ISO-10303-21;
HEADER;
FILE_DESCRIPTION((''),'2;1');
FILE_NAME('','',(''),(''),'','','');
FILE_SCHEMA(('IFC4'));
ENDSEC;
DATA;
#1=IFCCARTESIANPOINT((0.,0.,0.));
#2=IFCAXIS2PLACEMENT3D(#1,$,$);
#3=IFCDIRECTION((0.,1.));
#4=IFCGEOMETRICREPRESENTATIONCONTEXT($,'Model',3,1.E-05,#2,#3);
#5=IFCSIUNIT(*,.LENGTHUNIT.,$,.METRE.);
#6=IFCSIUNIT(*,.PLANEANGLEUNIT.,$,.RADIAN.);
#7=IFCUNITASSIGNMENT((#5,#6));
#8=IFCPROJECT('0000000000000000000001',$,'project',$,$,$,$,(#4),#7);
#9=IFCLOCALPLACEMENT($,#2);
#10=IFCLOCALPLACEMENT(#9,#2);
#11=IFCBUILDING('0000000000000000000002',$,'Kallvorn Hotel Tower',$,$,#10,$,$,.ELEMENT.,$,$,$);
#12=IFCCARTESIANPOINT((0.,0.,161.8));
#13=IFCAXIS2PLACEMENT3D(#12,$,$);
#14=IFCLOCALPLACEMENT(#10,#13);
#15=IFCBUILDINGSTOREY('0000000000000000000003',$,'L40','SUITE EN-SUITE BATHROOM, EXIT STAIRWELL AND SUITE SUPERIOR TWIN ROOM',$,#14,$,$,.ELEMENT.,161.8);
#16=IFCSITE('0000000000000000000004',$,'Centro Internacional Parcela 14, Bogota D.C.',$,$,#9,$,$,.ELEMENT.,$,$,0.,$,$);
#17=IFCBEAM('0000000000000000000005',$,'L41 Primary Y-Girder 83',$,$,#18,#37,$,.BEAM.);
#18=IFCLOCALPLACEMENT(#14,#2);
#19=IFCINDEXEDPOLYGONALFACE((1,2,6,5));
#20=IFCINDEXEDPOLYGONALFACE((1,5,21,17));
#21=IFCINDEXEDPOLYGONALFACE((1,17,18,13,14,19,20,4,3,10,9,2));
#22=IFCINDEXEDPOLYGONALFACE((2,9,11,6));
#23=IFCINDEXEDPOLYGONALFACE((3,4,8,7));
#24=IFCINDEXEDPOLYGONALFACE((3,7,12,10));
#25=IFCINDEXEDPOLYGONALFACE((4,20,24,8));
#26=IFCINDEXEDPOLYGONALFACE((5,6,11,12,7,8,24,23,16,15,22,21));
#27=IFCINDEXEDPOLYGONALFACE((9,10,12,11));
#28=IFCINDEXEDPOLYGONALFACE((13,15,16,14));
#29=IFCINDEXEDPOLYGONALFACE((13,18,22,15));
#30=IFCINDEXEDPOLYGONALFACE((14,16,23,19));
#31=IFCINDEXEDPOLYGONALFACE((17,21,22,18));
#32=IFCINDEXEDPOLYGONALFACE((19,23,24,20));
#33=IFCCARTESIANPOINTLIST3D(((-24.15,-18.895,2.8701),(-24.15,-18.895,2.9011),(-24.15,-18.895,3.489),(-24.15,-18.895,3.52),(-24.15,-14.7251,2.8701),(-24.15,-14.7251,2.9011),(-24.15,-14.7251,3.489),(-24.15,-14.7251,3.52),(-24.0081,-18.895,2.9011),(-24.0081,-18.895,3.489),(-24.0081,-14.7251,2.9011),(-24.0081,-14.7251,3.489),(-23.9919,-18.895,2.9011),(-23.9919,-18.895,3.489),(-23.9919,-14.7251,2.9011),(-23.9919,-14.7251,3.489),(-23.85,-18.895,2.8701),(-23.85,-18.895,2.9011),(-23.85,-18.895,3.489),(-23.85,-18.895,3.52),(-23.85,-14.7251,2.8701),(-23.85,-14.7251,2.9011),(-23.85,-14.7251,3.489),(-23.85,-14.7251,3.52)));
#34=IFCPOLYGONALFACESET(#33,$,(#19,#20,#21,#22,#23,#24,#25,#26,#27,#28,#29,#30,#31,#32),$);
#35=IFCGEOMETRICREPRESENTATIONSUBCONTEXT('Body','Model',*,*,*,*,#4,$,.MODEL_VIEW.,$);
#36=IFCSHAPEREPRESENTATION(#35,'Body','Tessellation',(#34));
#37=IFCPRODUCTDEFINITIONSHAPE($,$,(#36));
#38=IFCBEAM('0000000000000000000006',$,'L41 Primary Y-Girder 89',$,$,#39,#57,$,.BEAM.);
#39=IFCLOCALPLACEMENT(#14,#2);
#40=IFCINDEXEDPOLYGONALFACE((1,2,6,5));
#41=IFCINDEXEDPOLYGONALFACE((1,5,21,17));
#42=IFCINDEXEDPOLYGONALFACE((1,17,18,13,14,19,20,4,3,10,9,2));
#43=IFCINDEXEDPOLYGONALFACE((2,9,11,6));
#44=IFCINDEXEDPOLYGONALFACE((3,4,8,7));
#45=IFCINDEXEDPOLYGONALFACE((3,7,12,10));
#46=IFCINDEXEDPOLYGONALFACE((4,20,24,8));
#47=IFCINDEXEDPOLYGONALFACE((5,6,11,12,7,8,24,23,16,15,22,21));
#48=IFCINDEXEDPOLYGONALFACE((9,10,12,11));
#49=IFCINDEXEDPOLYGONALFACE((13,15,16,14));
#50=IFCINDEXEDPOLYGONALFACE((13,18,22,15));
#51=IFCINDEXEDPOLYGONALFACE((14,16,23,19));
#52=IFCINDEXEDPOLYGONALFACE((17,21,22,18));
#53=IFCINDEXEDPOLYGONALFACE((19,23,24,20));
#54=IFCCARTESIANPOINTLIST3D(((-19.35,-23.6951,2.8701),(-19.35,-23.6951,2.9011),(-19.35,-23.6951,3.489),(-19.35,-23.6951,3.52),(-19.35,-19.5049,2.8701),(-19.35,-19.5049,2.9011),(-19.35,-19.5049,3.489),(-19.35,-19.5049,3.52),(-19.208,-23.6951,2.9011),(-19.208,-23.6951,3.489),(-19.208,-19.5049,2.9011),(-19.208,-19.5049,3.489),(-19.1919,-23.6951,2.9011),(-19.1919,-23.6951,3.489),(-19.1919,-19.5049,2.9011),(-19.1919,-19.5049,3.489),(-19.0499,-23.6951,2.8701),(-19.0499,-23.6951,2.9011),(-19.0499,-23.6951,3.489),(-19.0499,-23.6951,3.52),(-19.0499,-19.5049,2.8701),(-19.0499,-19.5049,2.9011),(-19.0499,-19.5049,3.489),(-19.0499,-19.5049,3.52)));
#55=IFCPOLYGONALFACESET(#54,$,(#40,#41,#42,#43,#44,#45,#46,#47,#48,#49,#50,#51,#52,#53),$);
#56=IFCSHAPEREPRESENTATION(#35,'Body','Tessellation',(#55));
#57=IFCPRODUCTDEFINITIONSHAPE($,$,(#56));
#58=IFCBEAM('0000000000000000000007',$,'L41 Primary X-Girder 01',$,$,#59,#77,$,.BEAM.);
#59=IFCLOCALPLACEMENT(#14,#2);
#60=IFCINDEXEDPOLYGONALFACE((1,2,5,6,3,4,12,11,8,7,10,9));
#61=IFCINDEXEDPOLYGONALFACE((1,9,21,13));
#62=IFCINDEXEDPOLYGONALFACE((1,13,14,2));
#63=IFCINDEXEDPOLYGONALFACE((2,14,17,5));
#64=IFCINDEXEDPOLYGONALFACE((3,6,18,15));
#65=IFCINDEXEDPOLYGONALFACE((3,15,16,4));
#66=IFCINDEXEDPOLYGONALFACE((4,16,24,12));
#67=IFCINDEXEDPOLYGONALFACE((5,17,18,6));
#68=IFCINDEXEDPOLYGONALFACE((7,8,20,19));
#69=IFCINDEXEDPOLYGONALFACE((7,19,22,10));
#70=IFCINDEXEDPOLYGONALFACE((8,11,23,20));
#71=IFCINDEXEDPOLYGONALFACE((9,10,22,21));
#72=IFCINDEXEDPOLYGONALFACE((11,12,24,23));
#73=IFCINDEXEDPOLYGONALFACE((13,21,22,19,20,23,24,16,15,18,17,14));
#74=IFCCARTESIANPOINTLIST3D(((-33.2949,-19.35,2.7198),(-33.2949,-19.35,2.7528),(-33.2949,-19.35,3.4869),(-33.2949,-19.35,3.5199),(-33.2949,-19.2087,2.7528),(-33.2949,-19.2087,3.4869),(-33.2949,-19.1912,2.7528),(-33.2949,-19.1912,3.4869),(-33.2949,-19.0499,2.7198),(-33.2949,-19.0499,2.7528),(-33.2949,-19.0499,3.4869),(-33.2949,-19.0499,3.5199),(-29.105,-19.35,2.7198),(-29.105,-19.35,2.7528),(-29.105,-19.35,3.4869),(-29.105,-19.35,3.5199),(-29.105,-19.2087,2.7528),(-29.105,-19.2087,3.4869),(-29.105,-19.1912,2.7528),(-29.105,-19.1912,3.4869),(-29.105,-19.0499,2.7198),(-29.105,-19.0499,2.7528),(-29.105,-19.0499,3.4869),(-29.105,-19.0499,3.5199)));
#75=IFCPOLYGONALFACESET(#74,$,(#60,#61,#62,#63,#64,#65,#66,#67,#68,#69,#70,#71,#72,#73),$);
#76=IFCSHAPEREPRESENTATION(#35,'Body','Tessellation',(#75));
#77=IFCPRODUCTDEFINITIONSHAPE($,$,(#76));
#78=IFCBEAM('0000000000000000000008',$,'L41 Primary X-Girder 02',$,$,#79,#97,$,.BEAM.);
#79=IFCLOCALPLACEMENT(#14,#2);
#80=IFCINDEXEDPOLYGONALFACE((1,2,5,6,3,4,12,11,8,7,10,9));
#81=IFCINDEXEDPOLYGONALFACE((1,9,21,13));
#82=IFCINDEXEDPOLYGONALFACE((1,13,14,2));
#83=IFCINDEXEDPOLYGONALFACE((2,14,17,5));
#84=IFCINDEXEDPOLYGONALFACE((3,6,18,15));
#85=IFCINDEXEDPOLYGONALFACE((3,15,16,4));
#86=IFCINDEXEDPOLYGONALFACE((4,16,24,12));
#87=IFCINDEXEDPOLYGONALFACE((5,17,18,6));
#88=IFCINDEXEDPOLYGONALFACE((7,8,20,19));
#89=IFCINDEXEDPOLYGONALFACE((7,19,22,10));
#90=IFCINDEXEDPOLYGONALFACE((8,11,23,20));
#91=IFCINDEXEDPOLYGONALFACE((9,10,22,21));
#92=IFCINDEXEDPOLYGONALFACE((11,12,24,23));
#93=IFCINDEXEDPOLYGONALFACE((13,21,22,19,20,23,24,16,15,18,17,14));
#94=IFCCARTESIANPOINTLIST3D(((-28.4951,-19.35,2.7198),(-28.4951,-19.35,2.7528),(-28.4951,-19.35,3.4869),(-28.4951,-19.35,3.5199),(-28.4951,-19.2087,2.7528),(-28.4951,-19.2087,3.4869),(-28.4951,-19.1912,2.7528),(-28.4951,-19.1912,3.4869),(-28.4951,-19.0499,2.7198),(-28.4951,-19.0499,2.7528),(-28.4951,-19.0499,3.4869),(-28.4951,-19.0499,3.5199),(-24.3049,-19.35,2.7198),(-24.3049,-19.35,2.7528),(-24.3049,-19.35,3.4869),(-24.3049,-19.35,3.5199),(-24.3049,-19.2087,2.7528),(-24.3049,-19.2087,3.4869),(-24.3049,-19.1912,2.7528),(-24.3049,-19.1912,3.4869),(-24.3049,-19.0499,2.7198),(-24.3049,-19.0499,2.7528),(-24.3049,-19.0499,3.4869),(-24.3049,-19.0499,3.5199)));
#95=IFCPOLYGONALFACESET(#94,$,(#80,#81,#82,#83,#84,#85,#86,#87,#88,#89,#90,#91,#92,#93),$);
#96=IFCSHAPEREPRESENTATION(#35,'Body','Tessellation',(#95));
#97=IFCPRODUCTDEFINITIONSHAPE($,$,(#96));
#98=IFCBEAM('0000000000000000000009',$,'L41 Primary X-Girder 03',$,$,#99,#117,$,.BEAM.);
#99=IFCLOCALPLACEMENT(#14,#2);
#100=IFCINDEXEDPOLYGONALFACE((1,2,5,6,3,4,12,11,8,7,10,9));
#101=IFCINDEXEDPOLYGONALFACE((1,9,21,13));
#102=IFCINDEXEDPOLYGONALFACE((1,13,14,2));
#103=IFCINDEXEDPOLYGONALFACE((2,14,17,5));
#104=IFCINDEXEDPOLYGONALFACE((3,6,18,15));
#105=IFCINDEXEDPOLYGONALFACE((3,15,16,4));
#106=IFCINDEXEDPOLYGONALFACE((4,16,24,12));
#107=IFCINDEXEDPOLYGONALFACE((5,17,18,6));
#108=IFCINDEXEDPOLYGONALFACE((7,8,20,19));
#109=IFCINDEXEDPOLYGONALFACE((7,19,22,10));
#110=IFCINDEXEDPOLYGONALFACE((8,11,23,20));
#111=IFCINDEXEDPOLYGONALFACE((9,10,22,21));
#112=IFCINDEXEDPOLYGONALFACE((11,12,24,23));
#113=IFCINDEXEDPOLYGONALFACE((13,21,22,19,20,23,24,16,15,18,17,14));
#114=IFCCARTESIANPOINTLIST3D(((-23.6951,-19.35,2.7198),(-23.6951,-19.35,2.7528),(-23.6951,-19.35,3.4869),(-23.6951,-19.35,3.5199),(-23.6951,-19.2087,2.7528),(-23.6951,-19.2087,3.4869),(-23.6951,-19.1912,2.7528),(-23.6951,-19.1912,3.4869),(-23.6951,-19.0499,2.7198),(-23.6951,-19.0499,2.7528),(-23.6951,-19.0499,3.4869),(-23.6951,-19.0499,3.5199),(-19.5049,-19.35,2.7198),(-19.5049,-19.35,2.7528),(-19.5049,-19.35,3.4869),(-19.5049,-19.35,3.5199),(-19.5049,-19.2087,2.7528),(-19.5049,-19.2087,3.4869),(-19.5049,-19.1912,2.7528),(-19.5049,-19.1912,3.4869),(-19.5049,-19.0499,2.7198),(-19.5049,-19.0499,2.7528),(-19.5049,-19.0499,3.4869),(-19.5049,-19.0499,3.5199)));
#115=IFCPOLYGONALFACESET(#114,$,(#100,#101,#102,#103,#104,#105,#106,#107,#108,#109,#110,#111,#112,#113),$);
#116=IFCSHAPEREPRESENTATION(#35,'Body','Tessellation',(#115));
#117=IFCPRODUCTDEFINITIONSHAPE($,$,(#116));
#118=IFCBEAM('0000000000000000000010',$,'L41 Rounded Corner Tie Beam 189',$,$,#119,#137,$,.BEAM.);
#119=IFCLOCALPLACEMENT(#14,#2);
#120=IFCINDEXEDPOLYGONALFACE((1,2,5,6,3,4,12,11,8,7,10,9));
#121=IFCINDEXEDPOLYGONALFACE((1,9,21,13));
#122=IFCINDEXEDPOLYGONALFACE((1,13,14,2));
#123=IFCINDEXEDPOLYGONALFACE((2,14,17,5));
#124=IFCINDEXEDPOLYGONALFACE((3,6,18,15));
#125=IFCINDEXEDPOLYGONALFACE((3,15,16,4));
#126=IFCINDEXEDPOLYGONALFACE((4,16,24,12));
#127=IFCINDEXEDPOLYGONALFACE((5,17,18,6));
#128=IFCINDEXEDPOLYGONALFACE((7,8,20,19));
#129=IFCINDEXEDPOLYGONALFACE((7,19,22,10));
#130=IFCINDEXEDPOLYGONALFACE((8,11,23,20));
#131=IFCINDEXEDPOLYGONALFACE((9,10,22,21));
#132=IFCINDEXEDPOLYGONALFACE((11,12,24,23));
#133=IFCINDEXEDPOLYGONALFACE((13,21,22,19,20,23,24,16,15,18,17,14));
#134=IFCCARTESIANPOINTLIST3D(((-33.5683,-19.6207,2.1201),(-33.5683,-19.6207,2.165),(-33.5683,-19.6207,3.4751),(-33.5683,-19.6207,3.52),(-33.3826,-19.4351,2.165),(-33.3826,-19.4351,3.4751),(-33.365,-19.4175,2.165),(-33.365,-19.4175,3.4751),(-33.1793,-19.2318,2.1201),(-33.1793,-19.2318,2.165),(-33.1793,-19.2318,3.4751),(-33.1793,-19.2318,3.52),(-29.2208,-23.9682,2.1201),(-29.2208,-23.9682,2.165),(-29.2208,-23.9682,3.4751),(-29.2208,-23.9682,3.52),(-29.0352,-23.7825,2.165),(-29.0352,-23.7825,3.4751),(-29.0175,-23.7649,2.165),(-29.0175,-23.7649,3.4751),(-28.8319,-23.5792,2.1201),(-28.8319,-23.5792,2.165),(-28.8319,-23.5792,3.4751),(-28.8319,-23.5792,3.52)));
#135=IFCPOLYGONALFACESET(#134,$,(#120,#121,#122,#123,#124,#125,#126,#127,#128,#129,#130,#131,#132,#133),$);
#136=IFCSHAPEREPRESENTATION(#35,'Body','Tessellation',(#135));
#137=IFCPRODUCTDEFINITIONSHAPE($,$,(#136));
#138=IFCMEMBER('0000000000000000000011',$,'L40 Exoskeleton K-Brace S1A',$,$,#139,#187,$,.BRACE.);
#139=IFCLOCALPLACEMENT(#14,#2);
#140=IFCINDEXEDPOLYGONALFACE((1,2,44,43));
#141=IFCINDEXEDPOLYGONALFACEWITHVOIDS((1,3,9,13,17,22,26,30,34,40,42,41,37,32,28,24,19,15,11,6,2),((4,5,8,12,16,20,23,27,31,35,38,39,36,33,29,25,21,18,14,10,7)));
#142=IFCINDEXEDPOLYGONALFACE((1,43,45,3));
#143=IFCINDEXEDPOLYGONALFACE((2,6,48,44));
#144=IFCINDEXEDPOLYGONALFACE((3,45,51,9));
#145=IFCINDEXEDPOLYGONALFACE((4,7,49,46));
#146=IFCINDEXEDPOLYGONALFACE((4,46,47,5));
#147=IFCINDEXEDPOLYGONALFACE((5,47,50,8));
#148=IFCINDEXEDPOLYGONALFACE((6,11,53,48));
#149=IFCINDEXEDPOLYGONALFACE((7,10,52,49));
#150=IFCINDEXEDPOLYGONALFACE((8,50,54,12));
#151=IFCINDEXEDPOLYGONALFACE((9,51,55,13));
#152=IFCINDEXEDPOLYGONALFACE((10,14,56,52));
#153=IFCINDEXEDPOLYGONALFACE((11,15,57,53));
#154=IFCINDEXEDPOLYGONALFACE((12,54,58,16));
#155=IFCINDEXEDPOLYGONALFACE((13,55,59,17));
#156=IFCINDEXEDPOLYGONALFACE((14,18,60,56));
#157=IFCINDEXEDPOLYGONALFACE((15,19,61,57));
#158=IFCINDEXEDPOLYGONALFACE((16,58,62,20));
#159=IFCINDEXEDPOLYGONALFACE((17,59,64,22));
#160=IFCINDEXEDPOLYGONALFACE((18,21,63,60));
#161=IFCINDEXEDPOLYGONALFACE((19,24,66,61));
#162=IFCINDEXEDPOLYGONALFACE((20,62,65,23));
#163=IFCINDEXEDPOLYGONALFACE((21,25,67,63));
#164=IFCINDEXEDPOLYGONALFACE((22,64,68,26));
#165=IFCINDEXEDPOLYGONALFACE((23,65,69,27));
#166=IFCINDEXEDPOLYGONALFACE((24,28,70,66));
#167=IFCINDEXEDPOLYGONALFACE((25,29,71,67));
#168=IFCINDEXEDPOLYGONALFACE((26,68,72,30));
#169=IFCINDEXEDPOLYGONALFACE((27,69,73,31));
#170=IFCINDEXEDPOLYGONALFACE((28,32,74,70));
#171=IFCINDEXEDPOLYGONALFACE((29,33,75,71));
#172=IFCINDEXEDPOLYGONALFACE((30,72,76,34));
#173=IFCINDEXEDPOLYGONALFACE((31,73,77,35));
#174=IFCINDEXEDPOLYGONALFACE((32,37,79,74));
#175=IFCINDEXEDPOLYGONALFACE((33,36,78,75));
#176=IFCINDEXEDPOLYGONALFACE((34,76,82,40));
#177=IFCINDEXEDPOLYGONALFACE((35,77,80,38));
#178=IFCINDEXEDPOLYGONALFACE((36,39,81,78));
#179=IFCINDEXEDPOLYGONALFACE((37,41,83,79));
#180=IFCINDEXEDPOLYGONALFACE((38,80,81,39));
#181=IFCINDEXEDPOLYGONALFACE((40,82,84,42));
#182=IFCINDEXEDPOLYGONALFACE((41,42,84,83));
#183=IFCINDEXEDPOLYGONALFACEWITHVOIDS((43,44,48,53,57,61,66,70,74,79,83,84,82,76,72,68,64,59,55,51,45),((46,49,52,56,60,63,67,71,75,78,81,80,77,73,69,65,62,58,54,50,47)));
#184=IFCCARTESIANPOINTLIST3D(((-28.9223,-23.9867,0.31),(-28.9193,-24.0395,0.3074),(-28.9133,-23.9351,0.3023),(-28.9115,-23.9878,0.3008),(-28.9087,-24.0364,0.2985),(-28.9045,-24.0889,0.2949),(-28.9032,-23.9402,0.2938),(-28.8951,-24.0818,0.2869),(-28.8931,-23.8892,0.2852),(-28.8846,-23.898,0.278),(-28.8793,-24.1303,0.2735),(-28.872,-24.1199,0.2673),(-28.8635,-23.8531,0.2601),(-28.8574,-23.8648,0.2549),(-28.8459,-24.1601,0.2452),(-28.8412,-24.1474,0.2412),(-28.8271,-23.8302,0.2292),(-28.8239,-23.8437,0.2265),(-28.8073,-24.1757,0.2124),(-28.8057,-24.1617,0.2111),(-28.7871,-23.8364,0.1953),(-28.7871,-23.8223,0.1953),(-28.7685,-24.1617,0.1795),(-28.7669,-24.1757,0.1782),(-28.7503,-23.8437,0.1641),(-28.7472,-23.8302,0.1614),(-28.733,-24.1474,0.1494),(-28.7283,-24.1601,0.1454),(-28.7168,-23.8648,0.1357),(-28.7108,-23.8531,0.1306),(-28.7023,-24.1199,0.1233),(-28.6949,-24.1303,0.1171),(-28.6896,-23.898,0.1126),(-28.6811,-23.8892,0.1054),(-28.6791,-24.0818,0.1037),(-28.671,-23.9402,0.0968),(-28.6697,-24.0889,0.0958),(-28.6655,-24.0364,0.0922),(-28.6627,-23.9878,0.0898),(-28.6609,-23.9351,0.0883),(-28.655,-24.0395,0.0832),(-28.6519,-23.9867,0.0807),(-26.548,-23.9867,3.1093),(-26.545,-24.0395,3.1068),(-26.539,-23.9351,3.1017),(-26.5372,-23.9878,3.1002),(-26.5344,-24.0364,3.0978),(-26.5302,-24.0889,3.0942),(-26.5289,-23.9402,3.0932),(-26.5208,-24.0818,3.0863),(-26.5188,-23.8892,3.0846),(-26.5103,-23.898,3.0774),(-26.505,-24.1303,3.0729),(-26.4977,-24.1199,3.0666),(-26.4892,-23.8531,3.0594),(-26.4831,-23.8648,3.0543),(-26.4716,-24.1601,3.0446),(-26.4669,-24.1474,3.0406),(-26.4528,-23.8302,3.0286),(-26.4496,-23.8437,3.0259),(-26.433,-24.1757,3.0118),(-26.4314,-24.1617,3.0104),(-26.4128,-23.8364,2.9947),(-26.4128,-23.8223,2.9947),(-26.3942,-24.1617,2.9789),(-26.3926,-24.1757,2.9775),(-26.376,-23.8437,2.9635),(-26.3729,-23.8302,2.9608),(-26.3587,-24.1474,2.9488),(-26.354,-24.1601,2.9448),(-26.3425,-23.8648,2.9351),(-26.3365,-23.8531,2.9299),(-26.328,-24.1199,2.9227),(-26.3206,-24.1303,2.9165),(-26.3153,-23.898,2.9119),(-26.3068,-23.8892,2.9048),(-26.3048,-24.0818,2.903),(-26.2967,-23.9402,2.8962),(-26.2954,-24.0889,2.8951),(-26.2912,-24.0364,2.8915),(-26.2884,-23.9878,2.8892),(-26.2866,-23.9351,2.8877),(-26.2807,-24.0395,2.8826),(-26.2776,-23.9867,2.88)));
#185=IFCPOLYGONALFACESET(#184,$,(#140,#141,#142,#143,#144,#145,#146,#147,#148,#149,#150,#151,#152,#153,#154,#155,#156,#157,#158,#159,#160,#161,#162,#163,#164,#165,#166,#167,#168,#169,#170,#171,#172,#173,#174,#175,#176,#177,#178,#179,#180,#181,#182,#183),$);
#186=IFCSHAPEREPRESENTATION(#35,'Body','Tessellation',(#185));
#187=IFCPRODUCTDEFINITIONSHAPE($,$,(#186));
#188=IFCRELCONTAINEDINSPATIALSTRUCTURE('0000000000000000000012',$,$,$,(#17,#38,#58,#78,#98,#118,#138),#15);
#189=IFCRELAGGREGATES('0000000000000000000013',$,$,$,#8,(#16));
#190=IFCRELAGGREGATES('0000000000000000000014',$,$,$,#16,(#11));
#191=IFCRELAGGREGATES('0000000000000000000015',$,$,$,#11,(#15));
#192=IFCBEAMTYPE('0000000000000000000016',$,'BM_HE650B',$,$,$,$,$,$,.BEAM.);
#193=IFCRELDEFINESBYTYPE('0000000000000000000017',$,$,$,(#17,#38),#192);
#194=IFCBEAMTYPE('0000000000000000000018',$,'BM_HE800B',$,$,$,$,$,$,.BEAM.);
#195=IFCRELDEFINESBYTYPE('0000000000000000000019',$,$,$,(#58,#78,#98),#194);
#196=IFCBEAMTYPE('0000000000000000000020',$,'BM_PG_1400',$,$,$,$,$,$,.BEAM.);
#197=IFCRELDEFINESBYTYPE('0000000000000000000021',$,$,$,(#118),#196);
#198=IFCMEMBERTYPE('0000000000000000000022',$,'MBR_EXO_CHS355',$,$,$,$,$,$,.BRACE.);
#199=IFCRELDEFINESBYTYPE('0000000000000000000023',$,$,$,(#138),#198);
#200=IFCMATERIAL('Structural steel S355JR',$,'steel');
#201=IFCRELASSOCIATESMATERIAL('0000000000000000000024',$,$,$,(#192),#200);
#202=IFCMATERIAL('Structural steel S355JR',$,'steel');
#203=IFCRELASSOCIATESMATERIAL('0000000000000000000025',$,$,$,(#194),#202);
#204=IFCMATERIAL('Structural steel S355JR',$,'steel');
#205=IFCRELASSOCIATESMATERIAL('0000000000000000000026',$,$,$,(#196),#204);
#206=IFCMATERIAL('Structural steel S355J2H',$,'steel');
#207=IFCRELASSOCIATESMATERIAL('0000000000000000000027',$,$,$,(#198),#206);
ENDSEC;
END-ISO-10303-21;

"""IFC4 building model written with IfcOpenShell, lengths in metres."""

from ifc_helpers import new_model, si_unit, direction, frame, origin, origin_2d, place, context, subcontext, project, spatial, hollow_circle, i_section, extrude, material, material_profile, profile_set, type_object, element, save


model = new_model("IFC4")

# Units and contexts
model_context = context("Model", 3, precision=1e-05, world=origin(), true_north=direction((0.0, 1.0)))
body_context = subcontext(model_context, "Body", "Model", "MODEL_VIEW")
ifc_project = project(units=[si_unit("LENGTHUNIT", "METRE"), si_unit("PLANEANGLEUNIT", "RADIAN")], contexts=[model_context])

# Site, building, storey
site_placement = place(None, origin())
site = spatial("IfcSite", under=ifc_project, at=site_placement, Name="Centro Internacional Parcela 14, Bogota D.C.", CompositionType="ELEMENT", RefElevation=0.0)
building_placement = place(site_placement, origin())
building = spatial("IfcBuilding", under=site, at=building_placement, Name="Kallvorn Hotel Tower", CompositionType="ELEMENT")
storey_placement = place(building_placement, frame((0.0, 0.0, 161.8)))
storey = spatial("IfcBuildingStorey", under=building, at=storey_placement, Name="L40", Description="SUITE EN-SUITE BATHROOM, EXIT STAIRWELL AND SUITE SUPERIOR TWIN ROOM", CompositionType="ELEMENT", Elevation=161.8)

# Beams
ifc_material_1 = material(Name="Structural steel S355JR", Category="steel")
ifc_material_profile_1 = material_profile(ifc_material_1, i_section(OverallWidth=0.3, OverallDepth=0.6499, WebThickness=0.0161, FlangeThickness=0.031, at=origin_2d()), Name="HE 650 B")
ifc_profile_set_1 = profile_set([ifc_material_profile_1], Name="Structural steel S355JR")
beam_type_1 = type_object("IfcBeamType", Name="BM_HE650B", PredefinedType="BEAM", material=ifc_profile_set_1)
beam_1_placement = place(storey_placement, frame((-24.0, -18.895, 3.1951), z_axis=(0.0, 1.0, 0.0), x_axis=(-1.0, 0.0, 0.0)))
element("IfcBeam", 1, at=beam_1_placement, inside=storey, type_object=beam_type_1, Name="L41 Primary Y-Girder 83", PredefinedType="BEAM", context=body_context, shape_type="SweptSolid", body=[
    extrude(i_section(OverallWidth=0.3, OverallDepth=0.6499, WebThickness=0.0161, FlangeThickness=0.031, at=origin_2d()), origin(), (0.0, 0.0, 1.0), 4.1699),
])
beam_2_placement = place(storey_placement, frame((-19.2, -23.6951, 3.1951), z_axis=(0.0, 1.0, 0.0), x_axis=(-1.0, 0.0, 0.0)))
element("IfcBeam", 2, at=beam_2_placement, inside=storey, type_object=beam_type_1, Name="L41 Primary Y-Girder 89", PredefinedType="BEAM", context=body_context, shape_type="SweptSolid", body=[
    extrude(i_section(OverallWidth=0.3, OverallDepth=0.6499, WebThickness=0.0161, FlangeThickness=0.031, at=origin_2d()), origin(), (0.0, 0.0, 1.0), 4.1902),
])
ifc_material_2 = material(Name="Structural steel S355JR", Category="steel")
ifc_material_profile_2 = material_profile(ifc_material_2, i_section(OverallWidth=0.3, OverallDepth=0.8, WebThickness=0.0176, FlangeThickness=0.033, at=origin_2d()), Name="HE 800 B")
ifc_profile_set_2 = profile_set([ifc_material_profile_2], Name="Structural steel S355JR")
beam_type_2 = type_object("IfcBeamType", Name="BM_HE800B", PredefinedType="BEAM", material=ifc_profile_set_2)
beam_3_placement = place(storey_placement, frame((-33.2949, -19.2, 3.1199), z_axis=(1.0, 0.0, 0.0), x_axis=(0.0, 1.0, 0.0)))
element("IfcBeam", 3, at=beam_3_placement, inside=storey, type_object=beam_type_2, Name="L41 Primary X-Girder 01", PredefinedType="BEAM", context=body_context, shape_type="SweptSolid", body=[
    extrude(i_section(OverallWidth=0.3, OverallDepth=0.8, WebThickness=0.0176, FlangeThickness=0.033, at=origin_2d()), origin(), (0.0, 0.0, 1.0), 4.1899),
])
for number, where, z_axis, x_axis, name in (
    (4, (-28.4951, -19.2, 3.1199), (1.0, 0.0, 0.0), (0.0, 1.0, 0.0), "L41 Primary X-Girder 02"),
    (5, (-23.6951, -19.2, 3.1199), (1.0, 0.0, 0.0), (0.0, 1.0, 0.0), "L41 Primary X-Girder 03"),
):
    element("IfcBeam", number, at=place(storey_placement, frame(where, z_axis=z_axis, x_axis=x_axis)), inside=storey, type_object=beam_type_2, Name=name, PredefinedType="BEAM", context=body_context, shape_type="SweptSolid", body=[
        extrude(i_section(OverallWidth=0.3, OverallDepth=0.8, WebThickness=0.0176, FlangeThickness=0.033, at=origin_2d()), origin(), (0.0, 0.0, 1.0), 4.1902),
    ])
ifc_material_3 = material(Name="Structural steel S355JR", Category="steel")
ifc_material_profile_3 = material_profile(ifc_material_3, i_section(OverallWidth=0.55, OverallDepth=1.3999, WebThickness=0.0249, FlangeThickness=0.0449, at=origin_2d()), Name="PG 1400x550x25x45")
ifc_profile_set_3 = profile_set([ifc_material_profile_3], Name="Structural steel S355JR")
beam_type_3 = type_object("IfcBeamType", Name="BM_PG_1400", PredefinedType="BEAM", material=ifc_profile_set_3)
beam_4_placement = place(storey_placement, frame((-33.3738, -19.4263, 2.8201), z_axis=(0.707107, -0.707107, 0.0), x_axis=(0.707107, 0.707107, 0.0)))
element("IfcBeam", 6, at=beam_4_placement, inside=storey, type_object=beam_type_3, Name="L41 Rounded Corner Tie Beam 189", PredefinedType="BEAM", context=body_context, shape_type="SweptSolid", body=[
    extrude(i_section(OverallWidth=0.55, OverallDepth=1.3999, WebThickness=0.0249, FlangeThickness=0.0449, at=origin_2d()), origin(), (0.0, 0.0, 1.0), 6.1482),
])

# Member
ifc_material_4 = material(Name="Structural steel S355J2H", Category="steel")
ifc_material_profile_4 = material_profile(ifc_material_4, hollow_circle(Radius=0.1777, WallThickness=0.0142, at=origin_2d()), Name="CHS 355.6x14.2")
ifc_profile_set_4 = profile_set([ifc_material_profile_4], Name="Structural steel S355J2H")
member_type = type_object("IfcMemberType", Name="MBR_EXO_CHS355", PredefinedType="BRACE", material=ifc_profile_set_4)
for number, where, z_axis, x_axis, name in (
    (7, (-28.7871, -24.0, 0.1953), (0.646833, 0.0, 0.762631), (0.0, 1.0, 0.0), "L40 Exoskeleton K-Brace S1A"),
):
    element("IfcMember", number, at=place(storey_placement, frame(where, z_axis=z_axis, x_axis=x_axis)), inside=storey, type_object=member_type, Name=name, PredefinedType="BRACE", context=body_context, shape_type="SweptSolid", body=[
        extrude(hollow_circle(Radius=0.1777, WallThickness=0.0142, at=origin_2d()), origin(), (0.0, 0.0, 1.0), 3.6707),
    ])

save(model, "model.ifc")
